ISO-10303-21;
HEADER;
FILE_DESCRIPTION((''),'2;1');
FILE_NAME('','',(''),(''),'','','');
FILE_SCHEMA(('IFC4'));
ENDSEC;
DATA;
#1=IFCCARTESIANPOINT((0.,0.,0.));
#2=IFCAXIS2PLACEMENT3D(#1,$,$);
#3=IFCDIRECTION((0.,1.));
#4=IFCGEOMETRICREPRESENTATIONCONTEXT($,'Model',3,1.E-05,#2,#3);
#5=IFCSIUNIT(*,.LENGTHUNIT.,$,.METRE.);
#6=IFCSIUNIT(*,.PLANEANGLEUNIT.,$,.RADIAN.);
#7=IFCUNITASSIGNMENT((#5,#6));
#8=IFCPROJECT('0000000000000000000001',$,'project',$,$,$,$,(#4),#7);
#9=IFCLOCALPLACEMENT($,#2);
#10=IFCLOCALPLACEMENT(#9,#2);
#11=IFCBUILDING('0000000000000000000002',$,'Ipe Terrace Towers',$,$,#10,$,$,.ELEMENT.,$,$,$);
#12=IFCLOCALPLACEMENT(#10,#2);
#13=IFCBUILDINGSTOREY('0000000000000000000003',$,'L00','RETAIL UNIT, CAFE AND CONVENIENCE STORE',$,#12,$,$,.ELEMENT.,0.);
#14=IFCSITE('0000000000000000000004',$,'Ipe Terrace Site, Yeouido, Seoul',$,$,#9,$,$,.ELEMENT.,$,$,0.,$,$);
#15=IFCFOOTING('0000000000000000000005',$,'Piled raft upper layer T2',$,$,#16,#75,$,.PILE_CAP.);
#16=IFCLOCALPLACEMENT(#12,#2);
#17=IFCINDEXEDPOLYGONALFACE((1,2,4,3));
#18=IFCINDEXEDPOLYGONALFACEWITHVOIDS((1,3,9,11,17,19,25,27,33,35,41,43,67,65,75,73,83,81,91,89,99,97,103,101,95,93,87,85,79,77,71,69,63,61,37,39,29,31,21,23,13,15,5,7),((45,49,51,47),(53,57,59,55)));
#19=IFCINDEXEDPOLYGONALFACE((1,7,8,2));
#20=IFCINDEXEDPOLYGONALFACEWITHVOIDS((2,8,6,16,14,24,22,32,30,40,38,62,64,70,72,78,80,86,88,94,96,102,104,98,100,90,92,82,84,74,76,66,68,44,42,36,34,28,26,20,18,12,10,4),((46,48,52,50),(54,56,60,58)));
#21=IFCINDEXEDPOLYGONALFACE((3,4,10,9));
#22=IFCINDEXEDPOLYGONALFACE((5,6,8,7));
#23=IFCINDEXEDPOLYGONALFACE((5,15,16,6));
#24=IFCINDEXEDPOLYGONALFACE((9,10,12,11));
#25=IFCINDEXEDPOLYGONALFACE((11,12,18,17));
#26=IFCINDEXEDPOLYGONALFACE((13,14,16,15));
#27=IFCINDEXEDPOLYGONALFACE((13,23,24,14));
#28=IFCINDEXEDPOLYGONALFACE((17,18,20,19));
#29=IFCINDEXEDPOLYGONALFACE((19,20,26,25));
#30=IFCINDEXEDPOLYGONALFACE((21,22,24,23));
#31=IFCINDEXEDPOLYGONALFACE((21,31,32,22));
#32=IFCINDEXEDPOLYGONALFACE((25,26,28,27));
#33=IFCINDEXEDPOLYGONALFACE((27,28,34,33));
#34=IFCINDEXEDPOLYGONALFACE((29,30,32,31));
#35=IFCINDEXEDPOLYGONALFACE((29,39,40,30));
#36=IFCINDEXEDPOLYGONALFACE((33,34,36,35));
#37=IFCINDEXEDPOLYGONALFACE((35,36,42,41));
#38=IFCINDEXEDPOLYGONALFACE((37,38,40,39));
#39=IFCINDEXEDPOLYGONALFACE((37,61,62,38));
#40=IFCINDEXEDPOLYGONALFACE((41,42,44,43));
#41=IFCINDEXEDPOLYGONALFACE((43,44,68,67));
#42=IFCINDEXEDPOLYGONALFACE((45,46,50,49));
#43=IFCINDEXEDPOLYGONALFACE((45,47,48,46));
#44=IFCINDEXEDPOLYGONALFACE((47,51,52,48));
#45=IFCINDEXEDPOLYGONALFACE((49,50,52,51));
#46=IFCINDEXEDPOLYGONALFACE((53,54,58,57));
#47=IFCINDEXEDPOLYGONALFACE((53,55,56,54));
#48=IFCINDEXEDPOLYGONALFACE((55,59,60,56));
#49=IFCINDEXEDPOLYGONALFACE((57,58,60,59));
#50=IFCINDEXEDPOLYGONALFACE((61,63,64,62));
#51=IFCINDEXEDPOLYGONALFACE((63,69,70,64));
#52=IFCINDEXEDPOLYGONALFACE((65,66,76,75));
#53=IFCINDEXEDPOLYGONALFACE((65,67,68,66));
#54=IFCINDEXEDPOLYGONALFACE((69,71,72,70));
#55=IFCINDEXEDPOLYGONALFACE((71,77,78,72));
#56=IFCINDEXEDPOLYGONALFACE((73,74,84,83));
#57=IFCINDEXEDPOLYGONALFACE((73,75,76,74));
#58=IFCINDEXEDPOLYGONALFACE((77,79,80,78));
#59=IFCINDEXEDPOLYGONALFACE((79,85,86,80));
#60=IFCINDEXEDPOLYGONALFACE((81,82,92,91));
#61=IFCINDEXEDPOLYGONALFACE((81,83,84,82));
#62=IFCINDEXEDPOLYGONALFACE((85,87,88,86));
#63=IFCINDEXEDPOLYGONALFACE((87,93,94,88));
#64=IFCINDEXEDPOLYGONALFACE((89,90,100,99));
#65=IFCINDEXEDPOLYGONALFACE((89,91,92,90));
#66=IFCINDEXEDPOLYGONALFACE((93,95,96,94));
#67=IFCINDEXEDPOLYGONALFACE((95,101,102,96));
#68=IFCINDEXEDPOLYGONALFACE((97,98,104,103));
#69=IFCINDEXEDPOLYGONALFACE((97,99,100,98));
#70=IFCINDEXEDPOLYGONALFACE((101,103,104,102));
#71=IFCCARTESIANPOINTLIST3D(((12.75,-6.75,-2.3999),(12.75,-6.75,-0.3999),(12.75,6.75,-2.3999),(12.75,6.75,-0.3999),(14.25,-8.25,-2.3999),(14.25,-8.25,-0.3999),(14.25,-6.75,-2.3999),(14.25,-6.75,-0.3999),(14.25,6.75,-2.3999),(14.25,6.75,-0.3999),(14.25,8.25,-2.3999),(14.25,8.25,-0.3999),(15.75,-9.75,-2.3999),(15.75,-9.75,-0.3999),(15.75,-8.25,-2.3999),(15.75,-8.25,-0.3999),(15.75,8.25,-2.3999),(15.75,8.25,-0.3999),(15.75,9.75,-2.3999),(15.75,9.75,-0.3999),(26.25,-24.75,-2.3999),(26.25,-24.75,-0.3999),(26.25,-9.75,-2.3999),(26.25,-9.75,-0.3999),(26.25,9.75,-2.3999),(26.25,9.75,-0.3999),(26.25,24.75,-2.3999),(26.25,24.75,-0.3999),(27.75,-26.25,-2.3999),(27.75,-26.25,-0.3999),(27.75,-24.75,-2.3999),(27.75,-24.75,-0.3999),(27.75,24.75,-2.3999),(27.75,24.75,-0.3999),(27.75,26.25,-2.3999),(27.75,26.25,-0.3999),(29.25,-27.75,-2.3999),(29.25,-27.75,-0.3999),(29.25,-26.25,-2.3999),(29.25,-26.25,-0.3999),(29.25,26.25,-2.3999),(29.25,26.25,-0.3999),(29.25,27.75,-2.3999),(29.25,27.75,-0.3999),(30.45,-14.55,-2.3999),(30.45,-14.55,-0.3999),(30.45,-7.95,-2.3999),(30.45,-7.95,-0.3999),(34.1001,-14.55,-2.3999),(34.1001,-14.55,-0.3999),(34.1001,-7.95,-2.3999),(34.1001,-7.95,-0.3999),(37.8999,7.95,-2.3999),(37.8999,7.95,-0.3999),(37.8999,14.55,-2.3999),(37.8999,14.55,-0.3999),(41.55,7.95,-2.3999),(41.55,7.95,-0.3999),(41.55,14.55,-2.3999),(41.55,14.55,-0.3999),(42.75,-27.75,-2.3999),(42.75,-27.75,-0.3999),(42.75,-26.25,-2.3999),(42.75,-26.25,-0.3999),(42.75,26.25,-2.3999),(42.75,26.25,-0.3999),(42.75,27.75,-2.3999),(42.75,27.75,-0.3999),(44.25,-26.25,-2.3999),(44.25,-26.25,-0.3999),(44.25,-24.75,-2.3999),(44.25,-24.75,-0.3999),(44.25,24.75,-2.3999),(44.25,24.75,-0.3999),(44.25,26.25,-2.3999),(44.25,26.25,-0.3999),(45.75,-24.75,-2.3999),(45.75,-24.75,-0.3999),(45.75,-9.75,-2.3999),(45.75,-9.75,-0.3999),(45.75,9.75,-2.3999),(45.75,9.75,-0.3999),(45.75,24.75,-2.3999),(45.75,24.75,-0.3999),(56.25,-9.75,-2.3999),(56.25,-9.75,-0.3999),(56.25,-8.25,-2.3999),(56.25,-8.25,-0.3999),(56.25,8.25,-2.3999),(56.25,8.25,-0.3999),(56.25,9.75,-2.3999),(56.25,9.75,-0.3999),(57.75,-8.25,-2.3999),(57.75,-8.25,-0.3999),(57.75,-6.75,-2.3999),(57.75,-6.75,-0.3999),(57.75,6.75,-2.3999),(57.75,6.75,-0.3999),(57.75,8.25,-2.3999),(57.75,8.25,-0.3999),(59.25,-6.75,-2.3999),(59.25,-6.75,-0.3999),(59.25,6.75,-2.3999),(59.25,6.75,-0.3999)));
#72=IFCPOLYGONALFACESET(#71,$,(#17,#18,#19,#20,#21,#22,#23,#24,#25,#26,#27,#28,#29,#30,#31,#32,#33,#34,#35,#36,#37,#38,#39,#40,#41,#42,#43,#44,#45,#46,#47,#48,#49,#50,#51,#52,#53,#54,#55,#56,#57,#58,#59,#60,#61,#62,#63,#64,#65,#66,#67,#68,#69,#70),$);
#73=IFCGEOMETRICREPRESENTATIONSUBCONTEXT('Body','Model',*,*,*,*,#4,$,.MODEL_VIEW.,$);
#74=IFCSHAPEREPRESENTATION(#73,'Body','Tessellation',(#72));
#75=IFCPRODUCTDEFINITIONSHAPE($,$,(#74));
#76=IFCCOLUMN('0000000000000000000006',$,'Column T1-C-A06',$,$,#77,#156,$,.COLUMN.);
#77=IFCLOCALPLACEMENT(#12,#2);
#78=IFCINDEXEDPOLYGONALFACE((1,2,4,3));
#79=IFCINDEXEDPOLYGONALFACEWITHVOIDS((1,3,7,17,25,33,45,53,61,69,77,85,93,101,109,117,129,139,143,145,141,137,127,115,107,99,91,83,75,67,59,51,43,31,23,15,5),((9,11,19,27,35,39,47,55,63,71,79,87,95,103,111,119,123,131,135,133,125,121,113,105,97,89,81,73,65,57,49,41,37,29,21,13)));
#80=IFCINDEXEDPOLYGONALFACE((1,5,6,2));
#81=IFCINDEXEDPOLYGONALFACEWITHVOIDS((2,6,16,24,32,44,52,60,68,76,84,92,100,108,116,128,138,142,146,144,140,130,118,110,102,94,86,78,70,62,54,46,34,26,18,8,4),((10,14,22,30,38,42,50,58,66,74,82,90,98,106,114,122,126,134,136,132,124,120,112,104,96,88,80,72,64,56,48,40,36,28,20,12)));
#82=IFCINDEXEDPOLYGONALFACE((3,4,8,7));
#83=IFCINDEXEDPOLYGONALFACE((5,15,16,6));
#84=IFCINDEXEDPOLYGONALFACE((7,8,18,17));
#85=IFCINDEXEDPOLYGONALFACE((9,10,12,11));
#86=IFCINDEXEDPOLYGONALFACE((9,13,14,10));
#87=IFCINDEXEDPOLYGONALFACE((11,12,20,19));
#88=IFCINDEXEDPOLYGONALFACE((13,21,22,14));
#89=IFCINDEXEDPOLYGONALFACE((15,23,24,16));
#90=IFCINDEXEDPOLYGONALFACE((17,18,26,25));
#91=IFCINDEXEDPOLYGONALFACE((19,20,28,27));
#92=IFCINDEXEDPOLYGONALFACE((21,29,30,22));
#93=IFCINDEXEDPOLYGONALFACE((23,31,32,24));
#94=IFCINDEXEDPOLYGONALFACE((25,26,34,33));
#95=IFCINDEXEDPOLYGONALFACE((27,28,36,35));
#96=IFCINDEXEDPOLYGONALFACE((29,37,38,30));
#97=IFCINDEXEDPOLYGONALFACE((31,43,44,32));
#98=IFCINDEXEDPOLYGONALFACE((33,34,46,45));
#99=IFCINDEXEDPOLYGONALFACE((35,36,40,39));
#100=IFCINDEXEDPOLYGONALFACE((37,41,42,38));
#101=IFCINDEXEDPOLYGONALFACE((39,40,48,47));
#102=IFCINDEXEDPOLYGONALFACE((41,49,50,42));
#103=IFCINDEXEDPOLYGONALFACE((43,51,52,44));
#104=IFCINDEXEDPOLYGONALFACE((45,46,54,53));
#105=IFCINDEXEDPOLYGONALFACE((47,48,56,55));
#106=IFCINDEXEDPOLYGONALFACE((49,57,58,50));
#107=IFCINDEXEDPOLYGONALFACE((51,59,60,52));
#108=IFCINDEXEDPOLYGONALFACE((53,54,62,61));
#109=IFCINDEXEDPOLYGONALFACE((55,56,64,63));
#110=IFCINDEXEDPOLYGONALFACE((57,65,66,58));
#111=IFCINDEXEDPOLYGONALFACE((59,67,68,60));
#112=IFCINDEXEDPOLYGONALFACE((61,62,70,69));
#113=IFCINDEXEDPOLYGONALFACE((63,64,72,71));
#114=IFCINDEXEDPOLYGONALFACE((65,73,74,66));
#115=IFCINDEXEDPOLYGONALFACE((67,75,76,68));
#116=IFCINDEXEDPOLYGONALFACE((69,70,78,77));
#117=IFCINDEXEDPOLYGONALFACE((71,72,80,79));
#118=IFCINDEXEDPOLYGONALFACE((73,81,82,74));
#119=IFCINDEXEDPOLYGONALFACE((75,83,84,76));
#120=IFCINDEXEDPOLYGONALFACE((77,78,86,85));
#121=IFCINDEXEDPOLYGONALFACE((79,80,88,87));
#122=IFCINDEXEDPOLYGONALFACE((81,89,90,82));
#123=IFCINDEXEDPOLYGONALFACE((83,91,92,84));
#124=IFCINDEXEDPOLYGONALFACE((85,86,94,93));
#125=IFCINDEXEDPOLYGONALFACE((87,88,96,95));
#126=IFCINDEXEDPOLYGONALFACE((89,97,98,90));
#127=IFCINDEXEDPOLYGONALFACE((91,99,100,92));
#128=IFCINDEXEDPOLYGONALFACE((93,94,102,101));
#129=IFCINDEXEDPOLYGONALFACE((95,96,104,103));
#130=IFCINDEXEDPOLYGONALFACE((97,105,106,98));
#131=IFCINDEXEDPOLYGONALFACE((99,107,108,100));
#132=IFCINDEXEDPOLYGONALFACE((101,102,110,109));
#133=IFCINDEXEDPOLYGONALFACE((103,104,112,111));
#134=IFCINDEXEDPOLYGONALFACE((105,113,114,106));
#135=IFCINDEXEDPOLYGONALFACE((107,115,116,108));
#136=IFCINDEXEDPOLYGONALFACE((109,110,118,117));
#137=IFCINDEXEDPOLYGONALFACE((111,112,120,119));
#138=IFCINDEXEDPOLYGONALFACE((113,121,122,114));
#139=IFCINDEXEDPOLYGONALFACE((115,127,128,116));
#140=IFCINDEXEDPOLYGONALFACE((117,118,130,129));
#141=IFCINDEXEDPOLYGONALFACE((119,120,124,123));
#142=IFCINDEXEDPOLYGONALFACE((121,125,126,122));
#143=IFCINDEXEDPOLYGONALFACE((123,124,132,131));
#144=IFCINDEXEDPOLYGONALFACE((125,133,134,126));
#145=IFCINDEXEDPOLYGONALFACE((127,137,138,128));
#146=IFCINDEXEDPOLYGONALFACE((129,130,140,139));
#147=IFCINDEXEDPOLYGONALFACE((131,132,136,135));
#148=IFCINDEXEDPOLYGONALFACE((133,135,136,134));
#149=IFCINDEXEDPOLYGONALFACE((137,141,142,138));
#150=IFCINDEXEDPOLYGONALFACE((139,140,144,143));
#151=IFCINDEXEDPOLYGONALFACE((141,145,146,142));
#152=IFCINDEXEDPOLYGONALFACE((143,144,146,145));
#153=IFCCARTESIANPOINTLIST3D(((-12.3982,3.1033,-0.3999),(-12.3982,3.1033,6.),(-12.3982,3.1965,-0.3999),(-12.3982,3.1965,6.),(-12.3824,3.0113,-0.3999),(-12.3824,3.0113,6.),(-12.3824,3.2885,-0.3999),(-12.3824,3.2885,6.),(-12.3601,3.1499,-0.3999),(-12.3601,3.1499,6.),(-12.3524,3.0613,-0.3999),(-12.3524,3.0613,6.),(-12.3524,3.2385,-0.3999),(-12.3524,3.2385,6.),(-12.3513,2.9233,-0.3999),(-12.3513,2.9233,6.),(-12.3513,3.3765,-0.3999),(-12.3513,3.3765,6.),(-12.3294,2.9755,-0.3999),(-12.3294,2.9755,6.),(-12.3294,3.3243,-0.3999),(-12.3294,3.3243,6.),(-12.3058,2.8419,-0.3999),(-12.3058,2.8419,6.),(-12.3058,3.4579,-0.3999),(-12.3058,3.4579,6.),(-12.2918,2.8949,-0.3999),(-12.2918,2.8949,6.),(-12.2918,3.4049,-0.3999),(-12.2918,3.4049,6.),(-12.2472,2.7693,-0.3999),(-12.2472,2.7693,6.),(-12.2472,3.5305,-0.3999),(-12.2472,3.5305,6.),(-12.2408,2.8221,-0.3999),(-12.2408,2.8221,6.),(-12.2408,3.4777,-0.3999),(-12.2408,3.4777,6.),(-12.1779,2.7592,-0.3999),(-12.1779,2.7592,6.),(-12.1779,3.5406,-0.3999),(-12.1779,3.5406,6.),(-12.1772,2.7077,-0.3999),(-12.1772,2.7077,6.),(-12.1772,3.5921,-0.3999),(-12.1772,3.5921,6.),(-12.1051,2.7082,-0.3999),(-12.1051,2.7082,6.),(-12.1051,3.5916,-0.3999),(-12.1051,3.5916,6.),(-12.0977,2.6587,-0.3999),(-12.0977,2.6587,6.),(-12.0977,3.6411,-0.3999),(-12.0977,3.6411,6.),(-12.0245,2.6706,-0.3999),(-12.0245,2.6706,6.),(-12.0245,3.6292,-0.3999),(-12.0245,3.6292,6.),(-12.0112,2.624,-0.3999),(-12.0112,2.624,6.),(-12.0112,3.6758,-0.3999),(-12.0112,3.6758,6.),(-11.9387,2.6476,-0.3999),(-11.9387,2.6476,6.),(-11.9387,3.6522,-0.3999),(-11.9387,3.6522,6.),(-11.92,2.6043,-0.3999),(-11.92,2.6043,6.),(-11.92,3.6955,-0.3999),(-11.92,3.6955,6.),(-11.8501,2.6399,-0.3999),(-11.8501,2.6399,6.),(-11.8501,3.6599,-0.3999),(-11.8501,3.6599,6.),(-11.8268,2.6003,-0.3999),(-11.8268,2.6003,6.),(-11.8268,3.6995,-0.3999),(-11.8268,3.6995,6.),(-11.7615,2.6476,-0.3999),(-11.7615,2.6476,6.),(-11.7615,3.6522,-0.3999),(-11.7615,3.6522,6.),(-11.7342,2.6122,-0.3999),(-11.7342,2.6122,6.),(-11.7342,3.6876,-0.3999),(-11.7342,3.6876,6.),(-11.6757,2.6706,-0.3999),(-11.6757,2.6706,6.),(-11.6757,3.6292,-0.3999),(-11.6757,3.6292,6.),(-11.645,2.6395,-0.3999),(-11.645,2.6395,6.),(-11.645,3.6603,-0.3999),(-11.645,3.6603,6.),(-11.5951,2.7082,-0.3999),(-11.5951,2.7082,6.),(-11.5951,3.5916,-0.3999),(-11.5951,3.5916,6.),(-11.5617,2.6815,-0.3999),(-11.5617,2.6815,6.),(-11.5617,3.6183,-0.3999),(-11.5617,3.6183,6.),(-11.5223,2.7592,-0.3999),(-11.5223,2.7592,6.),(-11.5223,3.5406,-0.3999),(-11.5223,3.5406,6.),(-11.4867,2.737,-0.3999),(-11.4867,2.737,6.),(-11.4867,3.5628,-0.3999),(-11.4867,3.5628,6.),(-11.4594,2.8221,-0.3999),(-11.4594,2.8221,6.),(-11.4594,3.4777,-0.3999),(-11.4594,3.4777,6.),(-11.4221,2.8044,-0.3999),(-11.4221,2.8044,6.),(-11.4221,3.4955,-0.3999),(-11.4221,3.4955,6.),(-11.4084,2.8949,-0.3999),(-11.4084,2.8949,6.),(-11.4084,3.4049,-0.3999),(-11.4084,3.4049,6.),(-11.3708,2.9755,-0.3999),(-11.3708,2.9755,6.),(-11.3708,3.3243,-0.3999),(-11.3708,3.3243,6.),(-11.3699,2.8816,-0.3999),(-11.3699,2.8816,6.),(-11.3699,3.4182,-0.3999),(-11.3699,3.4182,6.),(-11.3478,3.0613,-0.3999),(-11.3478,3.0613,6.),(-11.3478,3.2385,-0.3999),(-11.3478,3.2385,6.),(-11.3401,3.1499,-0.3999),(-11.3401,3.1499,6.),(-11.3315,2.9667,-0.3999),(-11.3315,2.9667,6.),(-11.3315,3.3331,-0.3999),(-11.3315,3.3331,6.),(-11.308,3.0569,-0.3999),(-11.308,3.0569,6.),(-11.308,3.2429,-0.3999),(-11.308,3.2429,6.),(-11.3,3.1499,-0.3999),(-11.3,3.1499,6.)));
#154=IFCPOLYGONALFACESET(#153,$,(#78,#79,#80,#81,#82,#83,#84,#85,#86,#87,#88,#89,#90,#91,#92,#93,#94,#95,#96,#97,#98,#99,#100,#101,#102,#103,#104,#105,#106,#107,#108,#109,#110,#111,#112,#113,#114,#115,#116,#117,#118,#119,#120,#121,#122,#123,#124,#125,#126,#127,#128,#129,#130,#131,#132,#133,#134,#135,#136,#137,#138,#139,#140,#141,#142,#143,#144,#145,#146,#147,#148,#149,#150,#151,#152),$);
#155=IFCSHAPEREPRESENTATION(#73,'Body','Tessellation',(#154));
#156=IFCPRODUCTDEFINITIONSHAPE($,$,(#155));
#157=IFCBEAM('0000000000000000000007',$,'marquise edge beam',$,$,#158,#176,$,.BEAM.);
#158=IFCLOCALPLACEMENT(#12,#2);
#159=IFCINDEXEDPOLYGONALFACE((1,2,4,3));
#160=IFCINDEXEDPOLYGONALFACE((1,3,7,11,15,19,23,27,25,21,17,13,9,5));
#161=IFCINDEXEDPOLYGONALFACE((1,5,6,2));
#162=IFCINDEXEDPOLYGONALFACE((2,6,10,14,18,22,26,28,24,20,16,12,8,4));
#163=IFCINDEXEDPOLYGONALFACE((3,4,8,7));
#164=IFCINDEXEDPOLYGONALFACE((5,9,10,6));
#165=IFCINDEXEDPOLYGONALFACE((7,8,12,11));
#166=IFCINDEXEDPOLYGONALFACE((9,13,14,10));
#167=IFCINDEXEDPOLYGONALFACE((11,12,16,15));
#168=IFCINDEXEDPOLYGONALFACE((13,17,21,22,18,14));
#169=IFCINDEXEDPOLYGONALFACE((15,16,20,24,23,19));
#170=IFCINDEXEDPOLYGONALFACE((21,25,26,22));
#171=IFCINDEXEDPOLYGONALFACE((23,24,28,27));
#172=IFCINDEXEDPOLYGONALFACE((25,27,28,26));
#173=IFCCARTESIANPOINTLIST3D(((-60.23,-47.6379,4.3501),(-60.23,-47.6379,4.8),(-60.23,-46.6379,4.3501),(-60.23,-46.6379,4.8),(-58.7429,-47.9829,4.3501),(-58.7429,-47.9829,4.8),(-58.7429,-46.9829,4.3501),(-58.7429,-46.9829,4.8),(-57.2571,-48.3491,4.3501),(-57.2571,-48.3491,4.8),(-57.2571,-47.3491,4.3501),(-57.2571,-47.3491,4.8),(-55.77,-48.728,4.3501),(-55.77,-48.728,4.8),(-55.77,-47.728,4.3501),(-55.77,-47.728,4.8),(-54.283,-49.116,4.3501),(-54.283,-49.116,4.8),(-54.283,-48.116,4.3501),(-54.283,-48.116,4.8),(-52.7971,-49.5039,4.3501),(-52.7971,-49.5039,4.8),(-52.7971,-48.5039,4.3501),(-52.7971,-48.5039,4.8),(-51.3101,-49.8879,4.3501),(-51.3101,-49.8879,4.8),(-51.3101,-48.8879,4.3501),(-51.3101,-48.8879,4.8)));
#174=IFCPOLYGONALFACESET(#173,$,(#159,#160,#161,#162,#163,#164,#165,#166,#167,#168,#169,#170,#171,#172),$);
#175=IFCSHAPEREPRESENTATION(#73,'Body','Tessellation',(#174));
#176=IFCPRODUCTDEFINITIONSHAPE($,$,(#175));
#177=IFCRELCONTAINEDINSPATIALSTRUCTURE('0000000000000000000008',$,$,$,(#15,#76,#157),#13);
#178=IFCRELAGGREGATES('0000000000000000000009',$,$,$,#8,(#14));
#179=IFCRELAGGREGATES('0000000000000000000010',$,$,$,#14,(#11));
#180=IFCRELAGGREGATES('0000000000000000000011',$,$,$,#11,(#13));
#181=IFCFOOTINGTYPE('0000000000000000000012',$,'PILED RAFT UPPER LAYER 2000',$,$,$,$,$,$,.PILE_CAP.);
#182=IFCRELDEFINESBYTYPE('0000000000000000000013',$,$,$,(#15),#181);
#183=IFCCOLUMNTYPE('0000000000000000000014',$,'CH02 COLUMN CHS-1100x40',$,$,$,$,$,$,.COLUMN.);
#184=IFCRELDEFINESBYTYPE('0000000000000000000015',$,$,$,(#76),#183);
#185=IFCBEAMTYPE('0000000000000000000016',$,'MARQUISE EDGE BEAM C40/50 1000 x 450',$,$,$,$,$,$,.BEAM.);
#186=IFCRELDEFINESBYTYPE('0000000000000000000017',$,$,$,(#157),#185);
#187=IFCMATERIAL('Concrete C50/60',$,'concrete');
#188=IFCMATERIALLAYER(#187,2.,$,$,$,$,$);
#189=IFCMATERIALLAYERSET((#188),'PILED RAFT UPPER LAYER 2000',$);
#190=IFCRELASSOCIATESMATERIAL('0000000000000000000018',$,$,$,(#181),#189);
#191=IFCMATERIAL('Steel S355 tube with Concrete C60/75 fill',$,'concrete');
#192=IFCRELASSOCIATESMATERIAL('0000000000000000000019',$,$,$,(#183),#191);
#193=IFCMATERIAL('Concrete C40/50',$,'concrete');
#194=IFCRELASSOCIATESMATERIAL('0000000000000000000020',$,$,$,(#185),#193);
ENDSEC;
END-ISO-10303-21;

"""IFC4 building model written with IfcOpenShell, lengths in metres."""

from ifc_helpers import new_model, si_unit, direction, frame, origin, origin_2d, place, context, subcontext, project, spatial, polyline, hollow_circle, outline, extrude, material, layer, layer_set, material_profile, profile_set, type_object, element, save


model = new_model("IFC4")

# Units and contexts
model_context = context("Model", 3, precision=1e-05, world=origin(), true_north=direction((0.0, 1.0)))
body_context = subcontext(model_context, "Body", "Model", "MODEL_VIEW")
ifc_project = project(units=[si_unit("LENGTHUNIT", "METRE"), si_unit("PLANEANGLEUNIT", "RADIAN")], contexts=[model_context])

# Site, building, storey
site_placement = place(None, origin())
site = spatial("IfcSite", under=ifc_project, at=site_placement, Name="Ipe Terrace Site, Yeouido, Seoul", CompositionType="ELEMENT", RefElevation=0.0)
building_placement = place(site_placement, origin())
building = spatial("IfcBuilding", under=site, at=building_placement, Name="Ipe Terrace Towers", CompositionType="ELEMENT")
storey_placement = place(building_placement, origin())
storey = spatial("IfcBuildingStorey", under=building, at=storey_placement, Name="L00", Description="RETAIL UNIT, CAFE AND CONVENIENCE STORE", CompositionType="ELEMENT", Elevation=0.0)

# Footing
ifc_material_1 = material(Name="Concrete C50/60", Category="concrete")
ifc_layer_1 = layer(ifc_material_1, 2.0)
ifc_layer_set_1 = layer_set([ifc_layer_1], Name="PILED RAFT UPPER LAYER 2000")
footing_type_1 = type_object("IfcFootingType", Name="PILED RAFT UPPER LAYER 2000", PredefinedType="PILE_CAP", material=ifc_layer_set_1)
footing_1_placement = place(storey_placement, frame((0.0, 0.0, -2.3999)))
element("IfcFooting", 1, at=footing_1_placement, inside=storey, type_object=footing_type_1, Name="Piled raft upper layer T2", PredefinedType="PILE_CAP", context=body_context, shape_type="SweptSolid", body=[
    extrude(outline(polyline([(12.75, -6.75), (12.75, 6.75), (14.25, 6.75), (14.25, 8.25), (15.75, 8.25), (15.75, 9.75), (26.25, 9.75), (26.25, 24.75), (27.75, 24.75), (27.75, 26.25), (29.25, 26.25), (29.25, 27.75), (42.75, 27.75), (42.75, 26.25), (44.25, 26.25), (44.25, 24.75), (45.75, 24.75), (45.75, 9.75), (56.25, 9.75), (56.25, 8.25), (57.75, 8.25), (57.75, 6.75), (59.25, 6.75), (59.25, -6.75), (57.75, -6.75), (57.75, -8.25), (56.25, -8.25), (56.25, -9.75), (45.75, -9.75), (45.75, -24.75), (44.25, -24.75), (44.25, -26.25), (42.75, -26.25), (42.75, -27.75), (29.25, -27.75), (29.25, -26.25), (27.75, -26.25), (27.75, -24.75), (26.25, -24.75), (26.25, -9.75), (15.75, -9.75), (15.75, -8.25), (14.25, -8.25), (14.25, -6.75), (12.75, -6.75)]), holes=[polyline([(30.45, -14.55), (30.45, -7.95), (34.1001, -7.95), (34.1001, -14.55), (30.45, -14.55)]), polyline([(37.8999, 7.95), (37.8999, 14.55), (41.55, 14.55), (41.55, 7.95), (37.8999, 7.95)])]), origin(), (0.0, 0.0, 1.0), 2.0),
])

# Column
ifc_material_2 = material(Name="Steel S355 tube with Concrete C60/75 fill", Category="concrete")
ifc_material_profile_1 = material_profile(ifc_material_2, hollow_circle(Radius=0.55, WallThickness=0.04, at=origin_2d()), Name="CHS-1100x40")
ifc_profile_set_1 = profile_set([ifc_material_profile_1], Name="Steel S355 tube with Concrete C60/75 fill")
column_type = type_object("IfcColumnType", Name="CH02 COLUMN CHS-1100x40", PredefinedType="COLUMN", material=ifc_profile_set_1)
column_placement = place(storey_placement, frame((-11.8501, 3.1499, -0.3999), z_axis=(0.0, 0.0, 1.0), x_axis=(1.0, 0.0, 0.0)))
element("IfcColumn", 2, at=column_placement, inside=storey, type_object=column_type, Name="Column T1-C-A06", PredefinedType="COLUMN", context=body_context, shape_type="SweptSolid", body=[
    extrude(hollow_circle(Radius=0.55, WallThickness=0.04, at=origin_2d()), origin(), (0.0, 0.0, 1.0), 6.3999),
])

# Beam
ifc_material_3 = material(Name="Concrete C40/50", Category="concrete")
beam_type = type_object("IfcBeamType", Name="MARQUISE EDGE BEAM C40/50 1000 x 450", PredefinedType="BEAM", material=ifc_material_3)
beam_1_placement = place(storey_placement, frame((0.0, 0.0, 4.3501)))
element("IfcBeam", 3, at=beam_1_placement, inside=storey, type_object=beam_type, Name="marquise edge beam", PredefinedType="BEAM", context=body_context, shape_type="SweptSolid", body=[
    extrude(outline(polyline([(-60.23, -47.6379), (-60.23, -46.6379), (-58.7429, -46.9829), (-57.2571, -47.3491), (-55.77, -47.728), (-54.283, -48.116), (-52.7971, -48.5039), (-51.3101, -48.8879), (-51.3101, -49.8879), (-52.7971, -49.5039), (-54.283, -49.116), (-55.77, -48.728), (-57.2571, -48.3491), (-58.7429, -47.9829), (-60.23, -47.6379)])), origin(), (0.0, 0.0, 1.0), 0.45),
])

save(model, "model.ifc")
